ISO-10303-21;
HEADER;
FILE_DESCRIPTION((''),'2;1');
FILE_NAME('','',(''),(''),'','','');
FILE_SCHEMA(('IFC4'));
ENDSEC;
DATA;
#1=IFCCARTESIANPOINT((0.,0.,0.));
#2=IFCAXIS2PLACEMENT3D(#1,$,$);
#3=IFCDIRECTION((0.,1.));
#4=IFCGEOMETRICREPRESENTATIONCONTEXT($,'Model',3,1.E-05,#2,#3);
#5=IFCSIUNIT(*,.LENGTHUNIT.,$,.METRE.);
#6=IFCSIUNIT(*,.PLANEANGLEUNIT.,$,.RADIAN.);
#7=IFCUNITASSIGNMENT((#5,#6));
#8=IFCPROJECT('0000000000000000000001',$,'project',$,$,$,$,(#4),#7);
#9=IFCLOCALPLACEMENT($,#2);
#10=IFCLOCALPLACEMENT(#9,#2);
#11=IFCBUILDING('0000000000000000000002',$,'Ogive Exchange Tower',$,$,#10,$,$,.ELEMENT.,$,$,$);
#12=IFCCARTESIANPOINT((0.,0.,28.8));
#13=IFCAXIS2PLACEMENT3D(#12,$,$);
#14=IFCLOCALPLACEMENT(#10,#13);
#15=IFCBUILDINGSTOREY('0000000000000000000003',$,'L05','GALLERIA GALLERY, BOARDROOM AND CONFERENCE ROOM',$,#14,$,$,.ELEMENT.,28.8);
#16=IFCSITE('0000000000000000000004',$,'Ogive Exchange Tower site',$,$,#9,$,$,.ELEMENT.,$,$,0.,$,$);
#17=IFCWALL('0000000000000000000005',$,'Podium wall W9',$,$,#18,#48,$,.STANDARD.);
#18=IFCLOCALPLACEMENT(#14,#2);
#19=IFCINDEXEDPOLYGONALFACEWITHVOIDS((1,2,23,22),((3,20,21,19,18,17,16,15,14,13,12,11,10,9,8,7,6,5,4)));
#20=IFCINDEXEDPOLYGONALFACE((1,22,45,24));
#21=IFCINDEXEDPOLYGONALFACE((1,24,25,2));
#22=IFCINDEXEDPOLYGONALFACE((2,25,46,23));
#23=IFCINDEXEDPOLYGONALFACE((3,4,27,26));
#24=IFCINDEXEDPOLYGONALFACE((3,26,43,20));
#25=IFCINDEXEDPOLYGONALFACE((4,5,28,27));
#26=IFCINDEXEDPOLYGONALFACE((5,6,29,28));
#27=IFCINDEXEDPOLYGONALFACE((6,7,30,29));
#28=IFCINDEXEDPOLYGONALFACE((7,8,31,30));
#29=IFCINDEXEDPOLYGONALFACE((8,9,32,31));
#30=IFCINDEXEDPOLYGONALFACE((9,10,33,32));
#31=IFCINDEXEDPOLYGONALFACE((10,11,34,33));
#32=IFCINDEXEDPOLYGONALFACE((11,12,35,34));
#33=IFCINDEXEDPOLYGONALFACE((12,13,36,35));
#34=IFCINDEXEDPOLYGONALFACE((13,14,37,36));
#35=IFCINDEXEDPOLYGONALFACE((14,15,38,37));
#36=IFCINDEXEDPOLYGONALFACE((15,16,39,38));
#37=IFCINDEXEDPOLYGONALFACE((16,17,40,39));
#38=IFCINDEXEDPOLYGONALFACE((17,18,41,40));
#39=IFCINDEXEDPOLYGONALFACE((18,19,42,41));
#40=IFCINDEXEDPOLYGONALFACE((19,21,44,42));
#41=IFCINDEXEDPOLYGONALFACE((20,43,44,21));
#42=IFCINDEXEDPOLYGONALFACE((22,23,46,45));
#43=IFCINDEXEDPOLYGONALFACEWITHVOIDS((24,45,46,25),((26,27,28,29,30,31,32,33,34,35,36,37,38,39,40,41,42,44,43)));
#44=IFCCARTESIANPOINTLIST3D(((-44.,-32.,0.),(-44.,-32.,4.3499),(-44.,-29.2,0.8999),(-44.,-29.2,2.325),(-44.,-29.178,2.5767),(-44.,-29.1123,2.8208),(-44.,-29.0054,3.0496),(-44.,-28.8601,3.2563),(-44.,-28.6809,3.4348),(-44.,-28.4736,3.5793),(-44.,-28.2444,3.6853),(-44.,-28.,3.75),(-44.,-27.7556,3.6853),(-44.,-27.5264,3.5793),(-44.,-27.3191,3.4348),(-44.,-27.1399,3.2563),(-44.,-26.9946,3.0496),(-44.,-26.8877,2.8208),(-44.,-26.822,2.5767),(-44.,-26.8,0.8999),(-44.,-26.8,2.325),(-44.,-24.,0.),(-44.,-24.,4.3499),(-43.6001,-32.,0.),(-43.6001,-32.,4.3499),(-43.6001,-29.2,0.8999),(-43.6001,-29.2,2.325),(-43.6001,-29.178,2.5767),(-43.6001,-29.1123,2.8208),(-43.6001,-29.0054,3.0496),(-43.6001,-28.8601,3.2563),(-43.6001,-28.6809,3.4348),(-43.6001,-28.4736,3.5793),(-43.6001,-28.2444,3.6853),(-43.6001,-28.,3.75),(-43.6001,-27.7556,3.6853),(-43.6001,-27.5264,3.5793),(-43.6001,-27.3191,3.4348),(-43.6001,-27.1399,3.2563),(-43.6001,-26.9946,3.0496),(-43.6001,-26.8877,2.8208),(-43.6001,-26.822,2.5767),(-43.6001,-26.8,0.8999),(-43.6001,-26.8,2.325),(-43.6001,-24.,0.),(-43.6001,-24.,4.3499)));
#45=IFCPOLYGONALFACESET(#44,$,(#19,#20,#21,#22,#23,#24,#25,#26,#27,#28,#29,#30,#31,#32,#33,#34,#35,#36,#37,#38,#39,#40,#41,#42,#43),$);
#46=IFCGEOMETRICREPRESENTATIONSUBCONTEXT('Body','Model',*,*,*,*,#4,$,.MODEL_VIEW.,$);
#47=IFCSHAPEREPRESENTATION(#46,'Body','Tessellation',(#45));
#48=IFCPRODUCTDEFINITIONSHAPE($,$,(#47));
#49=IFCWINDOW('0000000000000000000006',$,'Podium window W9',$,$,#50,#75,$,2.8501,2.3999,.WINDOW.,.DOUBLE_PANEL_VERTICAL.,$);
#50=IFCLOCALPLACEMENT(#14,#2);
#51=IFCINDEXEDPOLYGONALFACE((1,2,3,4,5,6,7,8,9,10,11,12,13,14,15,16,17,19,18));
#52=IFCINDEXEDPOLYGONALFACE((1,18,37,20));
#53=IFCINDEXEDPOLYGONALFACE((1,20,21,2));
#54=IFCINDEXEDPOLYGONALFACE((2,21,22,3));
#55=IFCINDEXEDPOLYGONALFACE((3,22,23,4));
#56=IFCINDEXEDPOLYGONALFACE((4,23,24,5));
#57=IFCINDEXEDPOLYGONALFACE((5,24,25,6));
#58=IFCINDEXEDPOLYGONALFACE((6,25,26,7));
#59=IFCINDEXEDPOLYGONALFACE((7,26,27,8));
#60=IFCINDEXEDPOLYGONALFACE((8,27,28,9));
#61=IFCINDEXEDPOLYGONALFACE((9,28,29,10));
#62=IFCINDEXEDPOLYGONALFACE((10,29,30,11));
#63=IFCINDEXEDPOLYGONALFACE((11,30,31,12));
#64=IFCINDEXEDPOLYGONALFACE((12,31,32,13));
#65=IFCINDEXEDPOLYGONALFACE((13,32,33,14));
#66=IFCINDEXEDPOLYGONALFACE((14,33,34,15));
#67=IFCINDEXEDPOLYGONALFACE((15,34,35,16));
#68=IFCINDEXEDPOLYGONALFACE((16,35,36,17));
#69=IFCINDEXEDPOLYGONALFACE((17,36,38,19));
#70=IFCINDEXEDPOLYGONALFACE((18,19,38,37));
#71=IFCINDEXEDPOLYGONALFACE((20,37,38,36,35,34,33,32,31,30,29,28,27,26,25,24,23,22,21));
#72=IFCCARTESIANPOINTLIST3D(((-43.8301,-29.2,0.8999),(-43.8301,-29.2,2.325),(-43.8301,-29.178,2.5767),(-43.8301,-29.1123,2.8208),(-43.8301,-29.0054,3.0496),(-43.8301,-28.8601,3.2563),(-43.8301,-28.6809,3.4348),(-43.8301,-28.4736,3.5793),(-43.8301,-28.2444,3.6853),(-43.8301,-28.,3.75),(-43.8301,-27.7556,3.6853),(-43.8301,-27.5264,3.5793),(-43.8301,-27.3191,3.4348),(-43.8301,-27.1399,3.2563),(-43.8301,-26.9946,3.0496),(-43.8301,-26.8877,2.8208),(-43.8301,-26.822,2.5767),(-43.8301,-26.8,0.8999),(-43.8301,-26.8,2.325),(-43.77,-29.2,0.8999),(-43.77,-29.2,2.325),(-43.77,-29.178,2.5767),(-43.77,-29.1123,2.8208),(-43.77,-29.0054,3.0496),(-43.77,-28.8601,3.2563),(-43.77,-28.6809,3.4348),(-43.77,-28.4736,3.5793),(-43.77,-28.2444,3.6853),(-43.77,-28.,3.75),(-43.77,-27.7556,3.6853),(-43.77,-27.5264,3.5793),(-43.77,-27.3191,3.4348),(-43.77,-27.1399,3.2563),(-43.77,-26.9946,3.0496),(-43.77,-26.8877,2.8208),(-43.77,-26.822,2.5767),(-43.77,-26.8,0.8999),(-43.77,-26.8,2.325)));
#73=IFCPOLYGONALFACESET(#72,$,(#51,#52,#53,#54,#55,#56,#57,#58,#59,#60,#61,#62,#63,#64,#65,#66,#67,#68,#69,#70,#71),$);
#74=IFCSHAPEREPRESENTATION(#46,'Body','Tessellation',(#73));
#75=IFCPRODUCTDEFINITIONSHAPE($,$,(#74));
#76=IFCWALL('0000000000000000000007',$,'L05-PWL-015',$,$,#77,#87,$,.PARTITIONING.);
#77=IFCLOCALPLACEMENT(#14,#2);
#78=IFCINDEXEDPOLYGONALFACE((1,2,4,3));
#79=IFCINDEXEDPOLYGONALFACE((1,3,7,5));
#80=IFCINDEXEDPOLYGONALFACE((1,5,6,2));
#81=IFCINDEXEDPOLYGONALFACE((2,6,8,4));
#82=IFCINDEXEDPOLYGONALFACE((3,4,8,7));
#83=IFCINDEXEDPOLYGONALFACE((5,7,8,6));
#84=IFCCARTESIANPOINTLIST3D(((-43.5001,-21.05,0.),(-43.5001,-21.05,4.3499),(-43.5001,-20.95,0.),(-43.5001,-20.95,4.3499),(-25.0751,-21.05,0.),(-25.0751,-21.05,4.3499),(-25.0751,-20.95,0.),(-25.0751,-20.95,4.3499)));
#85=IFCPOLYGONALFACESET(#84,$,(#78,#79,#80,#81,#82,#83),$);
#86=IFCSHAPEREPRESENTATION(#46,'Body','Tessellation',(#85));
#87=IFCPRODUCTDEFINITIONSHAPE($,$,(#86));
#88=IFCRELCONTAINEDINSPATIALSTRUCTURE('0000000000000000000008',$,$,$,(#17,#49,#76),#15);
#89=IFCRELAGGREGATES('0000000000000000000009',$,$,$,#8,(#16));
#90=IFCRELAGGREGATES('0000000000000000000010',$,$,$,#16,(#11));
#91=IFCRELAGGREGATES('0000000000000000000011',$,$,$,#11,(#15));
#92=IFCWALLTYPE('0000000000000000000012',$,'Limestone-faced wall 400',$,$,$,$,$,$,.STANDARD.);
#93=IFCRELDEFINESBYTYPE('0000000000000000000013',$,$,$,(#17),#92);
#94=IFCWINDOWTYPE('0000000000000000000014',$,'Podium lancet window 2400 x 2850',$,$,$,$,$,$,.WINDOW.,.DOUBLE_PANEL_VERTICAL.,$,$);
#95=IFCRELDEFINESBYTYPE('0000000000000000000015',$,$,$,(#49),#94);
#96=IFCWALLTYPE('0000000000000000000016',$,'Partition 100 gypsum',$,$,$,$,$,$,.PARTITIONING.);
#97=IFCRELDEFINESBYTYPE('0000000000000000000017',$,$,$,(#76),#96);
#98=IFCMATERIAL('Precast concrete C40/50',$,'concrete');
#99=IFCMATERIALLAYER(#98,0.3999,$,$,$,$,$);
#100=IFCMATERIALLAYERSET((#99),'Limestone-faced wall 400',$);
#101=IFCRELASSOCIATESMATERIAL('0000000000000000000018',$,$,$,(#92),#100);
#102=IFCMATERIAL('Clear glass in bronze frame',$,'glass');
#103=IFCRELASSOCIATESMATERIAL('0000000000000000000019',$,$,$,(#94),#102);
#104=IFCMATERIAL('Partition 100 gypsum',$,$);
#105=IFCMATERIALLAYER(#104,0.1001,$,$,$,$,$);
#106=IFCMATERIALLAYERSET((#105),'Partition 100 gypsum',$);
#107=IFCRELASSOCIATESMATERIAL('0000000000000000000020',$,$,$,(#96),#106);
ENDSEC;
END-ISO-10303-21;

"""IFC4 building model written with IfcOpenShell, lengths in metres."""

from ifc_helpers import new_model, si_unit, direction, frame, frame_2d, origin, place, context, subcontext, project, spatial, polyline, rectangle, outline, extrude, material, layer, layer_set, type_object, element, fill, save


model = new_model("IFC4")

# Units and contexts
model_context = context("Model", 3, precision=1e-05, world=origin(), true_north=direction((0.0, 1.0)))
body_context = subcontext(model_context, "Body", "Model", "MODEL_VIEW")
ifc_project = project(units=[si_unit("LENGTHUNIT", "METRE"), si_unit("PLANEANGLEUNIT", "RADIAN")], contexts=[model_context])

# Site, building, storey
site_placement = place(None, origin())
site = spatial("IfcSite", under=ifc_project, at=site_placement, Name="Ogive Exchange Tower site", CompositionType="ELEMENT", RefElevation=0.0)
building_placement = place(site_placement, origin())
building = spatial("IfcBuilding", under=site, at=building_placement, Name="Ogive Exchange Tower", CompositionType="ELEMENT")
storey_placement = place(building_placement, frame((0.0, 0.0, 28.8)))
storey = spatial("IfcBuildingStorey", under=building, at=storey_placement, Name="L05", Description="GALLERIA GALLERY, BOARDROOM AND CONFERENCE ROOM", CompositionType="ELEMENT", Elevation=28.8)

# Wall, opening, window
ifc_material_1 = material(Name="Precast concrete C40/50", Category="concrete")
ifc_layer_1 = layer(ifc_material_1, 0.3999)
ifc_layer_set_1 = layer_set([ifc_layer_1], Name="Limestone-faced wall 400")
wall_type_1 = type_object("IfcWallType", Name="Limestone-faced wall 400", PredefinedType="STANDARD", material=ifc_layer_set_1)
ifc_material_2 = material(Name="Clear glass in bronze frame", Category="glass")
window_type = type_object("IfcWindowType", Name="Podium lancet window 2400 x 2850", PartitioningType="DOUBLE_PANEL_VERTICAL", PredefinedType="WINDOW", material=ifc_material_2)
wall_1_placement = place(storey_placement, frame((-43.8, -24.0, 0.0), z_axis=(0.0, 0.0, 1.0), x_axis=(0.0, -1.0, 0.0)))
wall_1 = element("IfcWall", 1, at=wall_1_placement, inside=storey, type_object=wall_type_1, Name="Podium wall W9", PredefinedType="STANDARD", context=body_context, shape_type="SweptSolid", body=[
    extrude(rectangle(XDim=8.0, YDim=0.3999, at=frame_2d((4.0, 0.0))), origin(), (0.0, 0.0, 1.0), 4.3499),
])
opening_1_placement = place(wall_1_placement, frame((2.8, 0.0, 0.8999)))
opening_1 = element("IfcOpeningElement", 2, at=opening_1_placement, cuts=wall_1, PredefinedType="OPENING", context=body_context, shape_type="SweptSolid", body=[
    extrude(outline(polyline([(0.0, 0.0), (2.3999, 0.0), (2.3999, 1.425), (2.3779, 1.6768), (2.3123, 1.9209), (2.2053, 2.1497), (2.0601, 2.3564), (1.8809, 2.5349), (1.6736, 2.6794), (1.4443, 2.7854), (1.2, 2.8501), (0.9556, 2.7854), (0.7263, 2.6794), (0.519, 2.5349), (0.3398, 2.3564), (0.1946, 2.1497), (0.0876, 1.9209), (0.022, 1.6768), (0.0, 1.425), (0.0, 0.0)])), frame((0.0, 0.21, 0.0), z_axis=(0.0, -1.0, 0.0), x_axis=(1.0, 0.0, 0.0)), (0.0, 0.0, 1.0), 0.4199),
])
window_1_placement = place(opening_1_placement, origin())
window_1 = element("IfcWindow", 3, at=window_1_placement, inside=storey, type_object=window_type, Name="Podium window W9", OverallHeight=2.8501, OverallWidth=2.3999, PartitioningType="DOUBLE_PANEL_VERTICAL", PredefinedType="WINDOW", context=body_context, shape_type="SweptSolid", body=[
    extrude(outline(polyline([(0.0, 0.0), (2.3999, 0.0), (2.3999, 1.425), (2.3779, 1.6768), (2.3123, 1.9209), (2.2053, 2.1497), (2.0601, 2.3564), (1.8809, 2.5349), (1.6736, 2.6794), (1.4443, 2.7854), (1.2, 2.8501), (0.9556, 2.7854), (0.7263, 2.6794), (0.519, 2.5349), (0.3398, 2.3564), (0.1946, 2.1497), (0.0876, 1.9209), (0.022, 1.6768), (0.0, 1.425), (0.0, 0.0)])), frame((0.0, 0.03, 0.0), z_axis=(0.0, -1.0, 0.0), x_axis=(1.0, 0.0, 0.0)), (0.0, 0.0, 1.0), 0.0601),
])
fill(opening_1, window_1)

# Wall
ifc_material_3 = material(Name="Partition 100 gypsum")
ifc_layer_2 = layer(ifc_material_3, 0.1001)
ifc_layer_set_2 = layer_set([ifc_layer_2], Name="Partition 100 gypsum")
wall_type_2 = type_object("IfcWallType", Name="Partition 100 gypsum", PredefinedType="PARTITIONING", material=ifc_layer_set_2)
wall_2_placement = place(storey_placement, frame((-43.5, -21.0, 0.0), z_axis=(0.0, 0.0, 1.0), x_axis=(1.0, 0.0, 0.0)))
element("IfcWall", 4, at=wall_2_placement, inside=storey, type_object=wall_type_2, Name="L05-PWL-015", PredefinedType="PARTITIONING", context=body_context, shape_type="SweptSolid", body=[
    extrude(rectangle(XDim=18.425, YDim=0.1001, at=frame_2d((9.2124, 0.0))), origin(), (0.0, 0.0, 1.0), 4.3499),
])

save(model, "model.ifc")
